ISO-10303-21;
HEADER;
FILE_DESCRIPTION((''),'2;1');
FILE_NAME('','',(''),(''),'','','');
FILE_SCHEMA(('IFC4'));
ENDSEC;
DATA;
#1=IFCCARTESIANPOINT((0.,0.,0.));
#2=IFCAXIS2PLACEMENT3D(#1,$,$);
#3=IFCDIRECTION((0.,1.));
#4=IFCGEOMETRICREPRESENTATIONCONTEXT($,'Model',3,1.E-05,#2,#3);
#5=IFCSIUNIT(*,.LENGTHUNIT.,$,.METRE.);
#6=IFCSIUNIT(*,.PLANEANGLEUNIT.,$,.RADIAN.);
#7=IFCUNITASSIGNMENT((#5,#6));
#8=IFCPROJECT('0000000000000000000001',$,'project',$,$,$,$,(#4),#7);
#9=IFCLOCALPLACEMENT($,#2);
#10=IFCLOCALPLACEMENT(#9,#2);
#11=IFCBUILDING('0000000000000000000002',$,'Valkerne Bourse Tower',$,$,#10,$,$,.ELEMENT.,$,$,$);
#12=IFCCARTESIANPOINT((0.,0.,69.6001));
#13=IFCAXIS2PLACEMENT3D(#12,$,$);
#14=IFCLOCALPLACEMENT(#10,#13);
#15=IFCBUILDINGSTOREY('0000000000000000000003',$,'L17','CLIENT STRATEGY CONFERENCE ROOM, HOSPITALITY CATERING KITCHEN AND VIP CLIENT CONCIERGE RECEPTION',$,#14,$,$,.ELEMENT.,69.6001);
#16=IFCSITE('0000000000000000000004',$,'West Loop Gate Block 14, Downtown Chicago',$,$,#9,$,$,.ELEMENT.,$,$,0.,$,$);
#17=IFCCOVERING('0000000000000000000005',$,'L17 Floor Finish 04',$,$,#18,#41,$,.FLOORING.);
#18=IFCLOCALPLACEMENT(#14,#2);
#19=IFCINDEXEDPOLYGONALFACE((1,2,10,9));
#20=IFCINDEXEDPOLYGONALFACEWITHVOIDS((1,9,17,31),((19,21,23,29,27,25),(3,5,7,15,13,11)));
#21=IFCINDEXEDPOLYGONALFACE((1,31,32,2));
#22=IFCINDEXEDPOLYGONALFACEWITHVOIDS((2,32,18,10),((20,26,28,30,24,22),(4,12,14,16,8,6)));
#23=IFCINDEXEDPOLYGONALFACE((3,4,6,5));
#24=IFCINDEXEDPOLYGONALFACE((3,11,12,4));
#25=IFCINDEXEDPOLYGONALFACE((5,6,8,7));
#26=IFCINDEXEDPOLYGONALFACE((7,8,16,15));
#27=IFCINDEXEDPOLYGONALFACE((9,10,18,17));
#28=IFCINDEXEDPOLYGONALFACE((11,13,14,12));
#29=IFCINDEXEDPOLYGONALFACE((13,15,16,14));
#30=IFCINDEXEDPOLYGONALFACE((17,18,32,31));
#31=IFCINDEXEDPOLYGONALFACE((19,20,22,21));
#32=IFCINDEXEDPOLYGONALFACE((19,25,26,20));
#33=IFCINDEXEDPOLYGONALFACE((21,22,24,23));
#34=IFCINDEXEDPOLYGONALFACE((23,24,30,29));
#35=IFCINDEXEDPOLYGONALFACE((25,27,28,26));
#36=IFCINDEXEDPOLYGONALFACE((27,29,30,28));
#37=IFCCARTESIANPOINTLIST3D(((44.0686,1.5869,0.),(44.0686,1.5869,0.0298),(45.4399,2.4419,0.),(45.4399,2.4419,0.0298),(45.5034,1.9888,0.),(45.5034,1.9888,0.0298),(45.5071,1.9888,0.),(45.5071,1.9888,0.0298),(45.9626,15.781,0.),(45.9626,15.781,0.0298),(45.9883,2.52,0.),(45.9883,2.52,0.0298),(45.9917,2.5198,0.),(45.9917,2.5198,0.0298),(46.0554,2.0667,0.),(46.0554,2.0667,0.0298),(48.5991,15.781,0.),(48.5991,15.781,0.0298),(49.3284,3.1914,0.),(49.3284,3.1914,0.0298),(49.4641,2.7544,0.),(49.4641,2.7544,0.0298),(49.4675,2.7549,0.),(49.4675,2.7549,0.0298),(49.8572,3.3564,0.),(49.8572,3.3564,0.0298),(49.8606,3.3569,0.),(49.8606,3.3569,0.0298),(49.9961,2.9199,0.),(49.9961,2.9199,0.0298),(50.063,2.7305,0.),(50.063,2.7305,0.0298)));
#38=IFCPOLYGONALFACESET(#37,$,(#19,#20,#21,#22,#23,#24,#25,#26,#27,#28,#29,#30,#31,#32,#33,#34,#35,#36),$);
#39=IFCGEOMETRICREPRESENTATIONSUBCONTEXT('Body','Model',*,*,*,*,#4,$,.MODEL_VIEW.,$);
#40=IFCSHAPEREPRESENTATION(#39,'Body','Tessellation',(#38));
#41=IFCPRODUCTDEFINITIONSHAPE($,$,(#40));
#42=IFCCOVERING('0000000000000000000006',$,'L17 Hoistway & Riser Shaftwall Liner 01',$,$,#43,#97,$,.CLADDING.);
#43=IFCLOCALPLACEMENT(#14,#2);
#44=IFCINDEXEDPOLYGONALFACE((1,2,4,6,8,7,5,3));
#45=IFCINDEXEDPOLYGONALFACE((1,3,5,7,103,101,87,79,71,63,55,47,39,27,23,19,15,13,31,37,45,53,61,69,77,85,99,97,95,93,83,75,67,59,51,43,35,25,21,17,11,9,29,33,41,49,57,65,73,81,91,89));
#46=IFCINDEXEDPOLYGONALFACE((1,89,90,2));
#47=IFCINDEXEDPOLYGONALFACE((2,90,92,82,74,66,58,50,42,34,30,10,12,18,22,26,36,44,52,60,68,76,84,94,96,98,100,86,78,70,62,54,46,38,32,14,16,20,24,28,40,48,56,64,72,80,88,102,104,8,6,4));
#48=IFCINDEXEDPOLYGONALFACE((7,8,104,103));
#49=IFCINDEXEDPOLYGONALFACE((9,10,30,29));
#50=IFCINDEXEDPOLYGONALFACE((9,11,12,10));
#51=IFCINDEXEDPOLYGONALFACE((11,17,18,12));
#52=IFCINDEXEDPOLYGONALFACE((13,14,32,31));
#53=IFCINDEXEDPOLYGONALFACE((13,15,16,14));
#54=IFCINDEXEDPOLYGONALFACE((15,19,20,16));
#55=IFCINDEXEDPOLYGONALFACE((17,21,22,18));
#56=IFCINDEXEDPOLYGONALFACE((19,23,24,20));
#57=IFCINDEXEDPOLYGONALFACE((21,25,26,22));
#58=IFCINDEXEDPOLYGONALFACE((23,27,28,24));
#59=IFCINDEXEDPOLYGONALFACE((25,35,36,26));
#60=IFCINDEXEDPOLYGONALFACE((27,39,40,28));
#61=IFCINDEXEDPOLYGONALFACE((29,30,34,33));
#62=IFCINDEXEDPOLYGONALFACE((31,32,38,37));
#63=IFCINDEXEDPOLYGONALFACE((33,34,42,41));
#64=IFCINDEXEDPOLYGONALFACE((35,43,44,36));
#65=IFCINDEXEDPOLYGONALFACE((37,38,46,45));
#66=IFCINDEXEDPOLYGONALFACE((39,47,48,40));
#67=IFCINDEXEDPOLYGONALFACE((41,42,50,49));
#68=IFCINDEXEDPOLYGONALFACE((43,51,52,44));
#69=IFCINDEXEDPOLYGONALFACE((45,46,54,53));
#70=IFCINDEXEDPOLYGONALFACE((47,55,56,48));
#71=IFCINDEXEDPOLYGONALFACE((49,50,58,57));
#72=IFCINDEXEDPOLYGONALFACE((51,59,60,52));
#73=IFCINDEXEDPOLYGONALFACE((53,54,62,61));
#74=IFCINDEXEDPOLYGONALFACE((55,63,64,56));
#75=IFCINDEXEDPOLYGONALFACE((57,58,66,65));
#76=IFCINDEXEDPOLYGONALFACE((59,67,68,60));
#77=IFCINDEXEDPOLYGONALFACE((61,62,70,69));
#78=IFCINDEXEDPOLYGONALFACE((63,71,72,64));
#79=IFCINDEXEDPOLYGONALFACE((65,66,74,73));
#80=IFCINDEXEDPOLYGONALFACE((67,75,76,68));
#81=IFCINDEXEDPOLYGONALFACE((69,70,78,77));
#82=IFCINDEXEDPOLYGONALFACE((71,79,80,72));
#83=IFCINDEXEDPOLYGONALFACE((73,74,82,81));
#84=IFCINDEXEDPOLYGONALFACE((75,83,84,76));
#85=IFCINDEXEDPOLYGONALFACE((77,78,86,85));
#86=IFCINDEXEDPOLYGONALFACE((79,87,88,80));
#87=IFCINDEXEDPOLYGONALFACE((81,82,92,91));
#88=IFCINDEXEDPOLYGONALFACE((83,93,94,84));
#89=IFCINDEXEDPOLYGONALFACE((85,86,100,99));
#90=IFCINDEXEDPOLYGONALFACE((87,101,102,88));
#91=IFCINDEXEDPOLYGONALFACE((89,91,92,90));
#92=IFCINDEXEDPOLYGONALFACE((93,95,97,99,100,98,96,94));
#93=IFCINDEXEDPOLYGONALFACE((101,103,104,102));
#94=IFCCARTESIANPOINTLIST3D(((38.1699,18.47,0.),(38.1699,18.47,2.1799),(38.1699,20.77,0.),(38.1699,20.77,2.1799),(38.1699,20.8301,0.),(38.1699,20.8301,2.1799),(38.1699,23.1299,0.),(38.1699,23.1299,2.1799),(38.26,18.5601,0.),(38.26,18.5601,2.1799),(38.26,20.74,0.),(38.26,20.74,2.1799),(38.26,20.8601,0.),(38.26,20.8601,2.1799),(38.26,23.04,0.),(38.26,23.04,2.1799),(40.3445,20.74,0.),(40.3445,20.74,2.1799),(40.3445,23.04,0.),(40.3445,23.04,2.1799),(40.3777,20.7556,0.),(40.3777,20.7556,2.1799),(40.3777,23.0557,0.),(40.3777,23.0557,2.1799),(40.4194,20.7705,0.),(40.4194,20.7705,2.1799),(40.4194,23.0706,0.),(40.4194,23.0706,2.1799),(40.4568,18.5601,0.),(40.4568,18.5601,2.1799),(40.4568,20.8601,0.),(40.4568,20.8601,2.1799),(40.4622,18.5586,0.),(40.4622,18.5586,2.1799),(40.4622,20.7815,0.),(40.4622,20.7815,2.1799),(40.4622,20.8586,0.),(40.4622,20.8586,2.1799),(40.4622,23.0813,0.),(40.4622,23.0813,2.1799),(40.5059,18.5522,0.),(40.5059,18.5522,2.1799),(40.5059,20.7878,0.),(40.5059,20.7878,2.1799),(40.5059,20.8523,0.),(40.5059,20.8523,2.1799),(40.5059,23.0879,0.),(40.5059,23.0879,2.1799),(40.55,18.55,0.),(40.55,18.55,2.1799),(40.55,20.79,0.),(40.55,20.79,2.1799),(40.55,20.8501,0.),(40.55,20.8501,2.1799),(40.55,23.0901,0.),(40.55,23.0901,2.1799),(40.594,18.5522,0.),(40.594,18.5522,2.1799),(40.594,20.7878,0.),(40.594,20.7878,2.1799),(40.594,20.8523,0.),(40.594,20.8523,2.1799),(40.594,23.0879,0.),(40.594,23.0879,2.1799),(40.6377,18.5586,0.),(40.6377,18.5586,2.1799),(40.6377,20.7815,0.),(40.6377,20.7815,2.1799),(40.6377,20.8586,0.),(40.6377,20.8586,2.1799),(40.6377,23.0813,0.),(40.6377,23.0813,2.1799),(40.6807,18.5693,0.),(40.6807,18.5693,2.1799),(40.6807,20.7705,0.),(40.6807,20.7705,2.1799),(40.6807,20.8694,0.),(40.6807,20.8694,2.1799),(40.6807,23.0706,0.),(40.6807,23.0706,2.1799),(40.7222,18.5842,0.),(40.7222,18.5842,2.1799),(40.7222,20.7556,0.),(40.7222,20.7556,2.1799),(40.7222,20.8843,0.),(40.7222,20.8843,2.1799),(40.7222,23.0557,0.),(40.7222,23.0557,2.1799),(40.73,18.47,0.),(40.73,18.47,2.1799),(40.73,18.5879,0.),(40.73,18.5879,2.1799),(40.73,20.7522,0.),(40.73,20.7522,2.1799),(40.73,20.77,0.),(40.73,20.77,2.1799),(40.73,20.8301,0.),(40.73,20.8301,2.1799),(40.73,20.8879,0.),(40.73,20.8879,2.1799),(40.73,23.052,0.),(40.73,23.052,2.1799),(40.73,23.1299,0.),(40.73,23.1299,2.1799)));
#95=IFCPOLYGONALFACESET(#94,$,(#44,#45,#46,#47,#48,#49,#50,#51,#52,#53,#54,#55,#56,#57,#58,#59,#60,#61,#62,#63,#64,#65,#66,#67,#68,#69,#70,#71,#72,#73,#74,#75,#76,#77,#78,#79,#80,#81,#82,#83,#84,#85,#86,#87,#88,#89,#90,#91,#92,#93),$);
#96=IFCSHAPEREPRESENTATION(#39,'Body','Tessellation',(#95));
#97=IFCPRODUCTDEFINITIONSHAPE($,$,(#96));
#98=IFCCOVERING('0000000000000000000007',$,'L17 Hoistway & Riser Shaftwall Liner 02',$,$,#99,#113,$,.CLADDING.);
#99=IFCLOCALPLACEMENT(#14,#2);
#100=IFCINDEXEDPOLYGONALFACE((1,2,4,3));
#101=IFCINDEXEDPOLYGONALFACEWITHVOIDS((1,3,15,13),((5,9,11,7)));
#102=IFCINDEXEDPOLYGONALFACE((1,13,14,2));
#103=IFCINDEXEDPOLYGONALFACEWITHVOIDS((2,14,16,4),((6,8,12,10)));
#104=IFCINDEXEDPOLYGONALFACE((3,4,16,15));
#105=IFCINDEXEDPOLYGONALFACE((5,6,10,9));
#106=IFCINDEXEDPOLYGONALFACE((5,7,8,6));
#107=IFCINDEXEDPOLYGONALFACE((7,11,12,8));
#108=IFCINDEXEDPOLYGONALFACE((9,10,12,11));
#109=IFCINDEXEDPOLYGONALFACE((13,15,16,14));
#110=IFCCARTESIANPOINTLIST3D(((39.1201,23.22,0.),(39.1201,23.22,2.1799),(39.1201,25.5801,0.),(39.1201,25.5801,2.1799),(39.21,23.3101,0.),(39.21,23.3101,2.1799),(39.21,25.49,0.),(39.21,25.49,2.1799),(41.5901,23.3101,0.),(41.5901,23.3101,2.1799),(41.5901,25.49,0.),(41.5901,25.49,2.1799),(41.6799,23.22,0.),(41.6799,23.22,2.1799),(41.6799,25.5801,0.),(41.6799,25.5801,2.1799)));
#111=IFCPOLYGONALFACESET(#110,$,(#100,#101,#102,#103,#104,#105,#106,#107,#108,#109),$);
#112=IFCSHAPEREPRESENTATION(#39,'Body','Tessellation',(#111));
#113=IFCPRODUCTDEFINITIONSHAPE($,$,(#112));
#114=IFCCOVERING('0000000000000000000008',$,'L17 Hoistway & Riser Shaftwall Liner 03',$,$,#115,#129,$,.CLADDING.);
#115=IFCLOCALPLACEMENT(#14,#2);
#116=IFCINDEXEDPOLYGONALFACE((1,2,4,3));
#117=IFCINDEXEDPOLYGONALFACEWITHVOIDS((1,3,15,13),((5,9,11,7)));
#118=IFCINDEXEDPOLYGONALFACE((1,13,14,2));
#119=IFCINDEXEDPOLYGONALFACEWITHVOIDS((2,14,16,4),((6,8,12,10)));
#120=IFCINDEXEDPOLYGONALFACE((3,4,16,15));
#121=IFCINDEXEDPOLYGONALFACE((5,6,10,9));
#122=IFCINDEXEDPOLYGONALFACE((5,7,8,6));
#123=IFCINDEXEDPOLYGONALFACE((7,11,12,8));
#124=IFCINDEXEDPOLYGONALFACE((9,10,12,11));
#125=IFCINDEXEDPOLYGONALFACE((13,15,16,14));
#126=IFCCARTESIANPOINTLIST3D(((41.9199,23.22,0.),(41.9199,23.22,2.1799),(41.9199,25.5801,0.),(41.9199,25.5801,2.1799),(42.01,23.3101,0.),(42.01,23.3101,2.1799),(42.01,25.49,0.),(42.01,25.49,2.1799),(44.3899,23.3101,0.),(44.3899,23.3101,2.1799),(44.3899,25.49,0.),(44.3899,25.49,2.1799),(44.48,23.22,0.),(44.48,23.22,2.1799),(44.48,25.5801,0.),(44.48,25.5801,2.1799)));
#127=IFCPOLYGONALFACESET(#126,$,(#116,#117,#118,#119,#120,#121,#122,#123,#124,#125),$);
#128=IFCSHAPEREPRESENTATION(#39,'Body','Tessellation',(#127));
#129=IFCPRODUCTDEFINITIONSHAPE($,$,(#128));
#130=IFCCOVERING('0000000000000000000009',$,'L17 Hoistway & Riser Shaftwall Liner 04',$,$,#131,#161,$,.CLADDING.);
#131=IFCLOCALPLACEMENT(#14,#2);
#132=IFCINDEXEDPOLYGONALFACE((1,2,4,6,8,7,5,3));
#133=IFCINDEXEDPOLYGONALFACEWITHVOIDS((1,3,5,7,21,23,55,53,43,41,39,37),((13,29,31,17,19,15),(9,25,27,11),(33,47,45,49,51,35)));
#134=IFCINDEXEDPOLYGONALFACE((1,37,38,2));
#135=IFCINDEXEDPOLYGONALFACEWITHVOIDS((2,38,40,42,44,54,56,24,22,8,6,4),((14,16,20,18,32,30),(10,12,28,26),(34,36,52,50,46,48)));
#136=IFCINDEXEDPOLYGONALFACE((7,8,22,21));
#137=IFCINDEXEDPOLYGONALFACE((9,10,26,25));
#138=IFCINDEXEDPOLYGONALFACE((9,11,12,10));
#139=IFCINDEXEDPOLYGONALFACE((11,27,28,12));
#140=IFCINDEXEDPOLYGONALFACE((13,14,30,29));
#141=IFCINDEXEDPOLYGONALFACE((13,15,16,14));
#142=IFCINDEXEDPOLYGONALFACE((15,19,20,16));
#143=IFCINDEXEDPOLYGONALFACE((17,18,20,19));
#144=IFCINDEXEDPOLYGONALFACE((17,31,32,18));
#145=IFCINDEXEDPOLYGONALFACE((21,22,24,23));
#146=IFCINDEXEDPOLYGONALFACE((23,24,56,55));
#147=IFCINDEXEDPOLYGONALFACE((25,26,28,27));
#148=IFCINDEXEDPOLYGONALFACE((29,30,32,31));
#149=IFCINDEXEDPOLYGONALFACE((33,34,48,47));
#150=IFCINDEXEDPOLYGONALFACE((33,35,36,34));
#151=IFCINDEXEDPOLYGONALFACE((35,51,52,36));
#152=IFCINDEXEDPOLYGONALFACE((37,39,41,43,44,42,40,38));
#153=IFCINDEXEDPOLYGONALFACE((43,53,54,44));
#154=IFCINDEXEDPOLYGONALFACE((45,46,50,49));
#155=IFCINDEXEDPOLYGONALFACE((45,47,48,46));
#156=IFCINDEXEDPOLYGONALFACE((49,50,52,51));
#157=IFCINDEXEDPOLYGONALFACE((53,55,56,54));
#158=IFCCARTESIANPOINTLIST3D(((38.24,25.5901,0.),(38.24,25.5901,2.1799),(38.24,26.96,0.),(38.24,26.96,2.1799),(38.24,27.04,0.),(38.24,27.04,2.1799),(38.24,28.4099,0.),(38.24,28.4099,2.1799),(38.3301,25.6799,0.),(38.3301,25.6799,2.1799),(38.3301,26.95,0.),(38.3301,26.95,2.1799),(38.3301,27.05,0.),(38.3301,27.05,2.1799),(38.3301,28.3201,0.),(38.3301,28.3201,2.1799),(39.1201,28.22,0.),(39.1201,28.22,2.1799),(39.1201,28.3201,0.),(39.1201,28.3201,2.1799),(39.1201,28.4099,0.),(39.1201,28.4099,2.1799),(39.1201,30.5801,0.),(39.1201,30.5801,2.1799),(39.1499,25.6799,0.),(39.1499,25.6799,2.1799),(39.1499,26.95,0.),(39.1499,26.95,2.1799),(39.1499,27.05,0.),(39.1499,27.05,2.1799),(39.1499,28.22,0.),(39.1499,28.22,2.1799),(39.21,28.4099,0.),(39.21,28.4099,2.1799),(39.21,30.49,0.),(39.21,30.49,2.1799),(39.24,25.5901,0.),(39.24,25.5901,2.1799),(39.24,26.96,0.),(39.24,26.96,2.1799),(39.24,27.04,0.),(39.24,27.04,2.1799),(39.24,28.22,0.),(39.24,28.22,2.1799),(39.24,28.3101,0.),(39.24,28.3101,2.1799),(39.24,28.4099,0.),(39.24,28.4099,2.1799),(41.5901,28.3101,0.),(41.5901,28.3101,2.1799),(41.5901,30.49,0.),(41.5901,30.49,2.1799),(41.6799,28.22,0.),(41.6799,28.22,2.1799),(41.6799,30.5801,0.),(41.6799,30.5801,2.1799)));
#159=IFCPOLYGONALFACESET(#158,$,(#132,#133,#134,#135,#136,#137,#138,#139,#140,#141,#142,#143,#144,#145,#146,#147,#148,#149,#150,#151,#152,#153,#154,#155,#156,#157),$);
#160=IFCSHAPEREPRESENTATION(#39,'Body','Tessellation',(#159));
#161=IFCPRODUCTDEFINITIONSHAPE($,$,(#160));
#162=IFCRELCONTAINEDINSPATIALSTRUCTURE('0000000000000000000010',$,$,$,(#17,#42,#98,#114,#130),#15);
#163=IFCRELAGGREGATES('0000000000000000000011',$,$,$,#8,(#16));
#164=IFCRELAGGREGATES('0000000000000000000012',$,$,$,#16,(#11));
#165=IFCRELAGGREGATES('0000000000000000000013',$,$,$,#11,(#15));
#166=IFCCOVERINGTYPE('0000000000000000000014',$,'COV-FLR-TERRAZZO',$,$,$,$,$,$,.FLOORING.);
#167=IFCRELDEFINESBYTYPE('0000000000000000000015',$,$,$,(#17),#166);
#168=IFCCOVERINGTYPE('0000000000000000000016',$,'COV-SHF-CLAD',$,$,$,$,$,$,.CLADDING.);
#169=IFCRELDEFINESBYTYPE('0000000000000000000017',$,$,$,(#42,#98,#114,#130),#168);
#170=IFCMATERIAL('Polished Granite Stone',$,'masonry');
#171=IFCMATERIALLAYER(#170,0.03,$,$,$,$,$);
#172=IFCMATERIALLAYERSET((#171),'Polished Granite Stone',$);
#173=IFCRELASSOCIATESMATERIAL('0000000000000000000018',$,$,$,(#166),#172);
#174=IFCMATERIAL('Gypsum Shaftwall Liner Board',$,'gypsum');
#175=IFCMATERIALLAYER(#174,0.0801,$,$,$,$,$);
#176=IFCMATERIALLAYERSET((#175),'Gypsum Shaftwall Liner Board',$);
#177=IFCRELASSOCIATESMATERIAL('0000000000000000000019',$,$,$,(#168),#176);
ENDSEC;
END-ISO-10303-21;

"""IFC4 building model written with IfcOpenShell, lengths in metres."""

from ifc_helpers import new_model, si_unit, direction, frame, origin, place, context, subcontext, project, spatial, polyline, outline, extrude, material, layer, layer_set, type_object, element, save


model = new_model("IFC4")

# Units and contexts
model_context = context("Model", 3, precision=1e-05, world=origin(), true_north=direction((0.0, 1.0)))
body_context = subcontext(model_context, "Body", "Model", "MODEL_VIEW")
ifc_project = project(units=[si_unit("LENGTHUNIT", "METRE"), si_unit("PLANEANGLEUNIT", "RADIAN")], contexts=[model_context])

# Site, building, storey
site_placement = place(None, origin())
site = spatial("IfcSite", under=ifc_project, at=site_placement, Name="West Loop Gate Block 14, Downtown Chicago", CompositionType="ELEMENT", RefElevation=0.0)
building_placement = place(site_placement, origin())
building = spatial("IfcBuilding", under=site, at=building_placement, Name="Valkerne Bourse Tower", CompositionType="ELEMENT")
storey_placement = place(building_placement, frame((0.0, 0.0, 69.6001)))
storey = spatial("IfcBuildingStorey", under=building, at=storey_placement, Name="L17", Description="CLIENT STRATEGY CONFERENCE ROOM, HOSPITALITY CATERING KITCHEN AND VIP CLIENT CONCIERGE RECEPTION", CompositionType="ELEMENT", Elevation=69.6001)

# Coverings
ifc_material_1 = material(Name="Polished Granite Stone", Category="masonry")
ifc_layer_1 = layer(ifc_material_1, 0.03)
ifc_layer_set_1 = layer_set([ifc_layer_1], Name="Polished Granite Stone")
covering_type_1 = type_object("IfcCoveringType", Name="COV-FLR-TERRAZZO", PredefinedType="FLOORING", material=ifc_layer_set_1)
covering_1_placement = place(storey_placement, origin())
element("IfcCovering", 1, at=covering_1_placement, inside=storey, type_object=covering_type_1, Name="L17 Floor Finish 04", PredefinedType="FLOORING", context=body_context, shape_type="SweptSolid", body=[
    extrude(outline(polyline([(48.5991, 15.781), (50.063, 2.7305), (44.0686, 1.5869), (45.9626, 15.781), (48.5991, 15.781)]), holes=[polyline([(45.9917, 2.5198), (45.9883, 2.52), (45.4399, 2.4419), (45.5034, 1.9888), (45.5071, 1.9888), (46.0554, 2.0667), (45.9917, 2.5198)]), polyline([(49.4675, 2.7549), (49.9961, 2.9199), (49.8606, 3.3569), (49.8572, 3.3564), (49.3284, 3.1914), (49.4641, 2.7544), (49.4675, 2.7549)])]), origin(), (0.0, 0.0, 1.0), 0.0298),
])
ifc_material_2 = material(Name="Gypsum Shaftwall Liner Board", Category="gypsum")
ifc_layer_2 = layer(ifc_material_2, 0.0801)
ifc_layer_set_2 = layer_set([ifc_layer_2], Name="Gypsum Shaftwall Liner Board")
covering_type_2 = type_object("IfcCoveringType", Name="COV-SHF-CLAD", PredefinedType="CLADDING", material=ifc_layer_set_2)
covering_2_placement = place(storey_placement, origin())
element("IfcCovering", 2, at=covering_2_placement, inside=storey, type_object=covering_type_2, Name="L17 Hoistway & Riser Shaftwall Liner 01", PredefinedType="CLADDING", context=body_context, shape_type="SweptSolid", body=[
    extrude(outline(polyline([(38.1699, 23.1299), (40.73, 23.1299), (40.73, 23.052), (40.7222, 23.0557), (40.6807, 23.0706), (40.6377, 23.0813), (40.594, 23.0879), (40.55, 23.0901), (40.5059, 23.0879), (40.4622, 23.0813), (40.4194, 23.0706), (40.3777, 23.0557), (40.3445, 23.04), (38.26, 23.04), (38.26, 20.8601), (40.4568, 20.8601), (40.4622, 20.8586), (40.5059, 20.8523), (40.55, 20.8501), (40.594, 20.8523), (40.6377, 20.8586), (40.6807, 20.8694), (40.7222, 20.8843), (40.73, 20.8879), (40.73, 20.8301), (40.73, 20.77), (40.73, 20.7522), (40.7222, 20.7556), (40.6807, 20.7705), (40.6377, 20.7815), (40.594, 20.7878), (40.55, 20.79), (40.5059, 20.7878), (40.4622, 20.7815), (40.4194, 20.7705), (40.3777, 20.7556), (40.3445, 20.74), (38.26, 20.74), (38.26, 18.5601), (40.4568, 18.5601), (40.4622, 18.5586), (40.5059, 18.5522), (40.55, 18.55), (40.594, 18.5522), (40.6377, 18.5586), (40.6807, 18.5693), (40.7222, 18.5842), (40.73, 18.5879), (40.73, 18.47), (38.1699, 18.47), (38.1699, 20.77), (38.1699, 20.8301), (38.1699, 23.1299)])), origin(), (0.0, 0.0, 1.0), 2.1799),
])
covering_3_placement = place(storey_placement, origin())
element("IfcCovering", 3, at=covering_3_placement, inside=storey, type_object=covering_type_2, Name="L17 Hoistway & Riser Shaftwall Liner 02", PredefinedType="CLADDING", context=body_context, shape_type="SweptSolid", body=[
    extrude(outline(polyline([(41.6799, 23.22), (39.1201, 23.22), (39.1201, 25.5801), (41.6799, 25.5801), (41.6799, 23.22)]), holes=[polyline([(39.21, 25.49), (39.21, 23.3101), (41.5901, 23.3101), (41.5901, 25.49), (39.21, 25.49)])]), origin(), (0.0, 0.0, 1.0), 2.1799),
])
covering_4_placement = place(storey_placement, origin())
element("IfcCovering", 4, at=covering_4_placement, inside=storey, type_object=covering_type_2, Name="L17 Hoistway & Riser Shaftwall Liner 03", PredefinedType="CLADDING", context=body_context, shape_type="SweptSolid", body=[
    extrude(outline(polyline([(44.48, 23.22), (41.9199, 23.22), (41.9199, 25.5801), (44.48, 25.5801), (44.48, 23.22)]), holes=[polyline([(42.01, 25.49), (42.01, 23.3101), (44.3899, 23.3101), (44.3899, 25.49), (42.01, 25.49)])]), origin(), (0.0, 0.0, 1.0), 2.1799),
])
covering_5_placement = place(storey_placement, origin())
element("IfcCovering", 5, at=covering_5_placement, inside=storey, type_object=covering_type_2, Name="L17 Hoistway & Riser Shaftwall Liner 04", PredefinedType="CLADDING", context=body_context, shape_type="SweptSolid", body=[
    extrude(outline(polyline([(38.24, 28.4099), (39.1201, 28.4099), (39.1201, 30.5801), (41.6799, 30.5801), (41.6799, 28.22), (39.24, 28.22), (39.24, 27.04), (39.24, 26.96), (39.24, 25.5901), (38.24, 25.5901), (38.24, 26.96), (38.24, 27.04), (38.24, 28.4099)]), holes=[polyline([(39.21, 30.49), (39.21, 28.4099), (39.24, 28.4099), (39.24, 28.3101), (41.5901, 28.3101), (41.5901, 30.49), (39.21, 30.49)]), polyline([(38.3301, 26.95), (38.3301, 25.6799), (39.1499, 25.6799), (39.1499, 26.95), (38.3301, 26.95)]), polyline([(39.1201, 28.22), (39.1201, 28.3201), (38.3301, 28.3201), (38.3301, 27.05), (39.1499, 27.05), (39.1499, 28.22), (39.1201, 28.22)])]), origin(), (0.0, 0.0, 1.0), 2.1799),
])

save(model, "model.ifc")
